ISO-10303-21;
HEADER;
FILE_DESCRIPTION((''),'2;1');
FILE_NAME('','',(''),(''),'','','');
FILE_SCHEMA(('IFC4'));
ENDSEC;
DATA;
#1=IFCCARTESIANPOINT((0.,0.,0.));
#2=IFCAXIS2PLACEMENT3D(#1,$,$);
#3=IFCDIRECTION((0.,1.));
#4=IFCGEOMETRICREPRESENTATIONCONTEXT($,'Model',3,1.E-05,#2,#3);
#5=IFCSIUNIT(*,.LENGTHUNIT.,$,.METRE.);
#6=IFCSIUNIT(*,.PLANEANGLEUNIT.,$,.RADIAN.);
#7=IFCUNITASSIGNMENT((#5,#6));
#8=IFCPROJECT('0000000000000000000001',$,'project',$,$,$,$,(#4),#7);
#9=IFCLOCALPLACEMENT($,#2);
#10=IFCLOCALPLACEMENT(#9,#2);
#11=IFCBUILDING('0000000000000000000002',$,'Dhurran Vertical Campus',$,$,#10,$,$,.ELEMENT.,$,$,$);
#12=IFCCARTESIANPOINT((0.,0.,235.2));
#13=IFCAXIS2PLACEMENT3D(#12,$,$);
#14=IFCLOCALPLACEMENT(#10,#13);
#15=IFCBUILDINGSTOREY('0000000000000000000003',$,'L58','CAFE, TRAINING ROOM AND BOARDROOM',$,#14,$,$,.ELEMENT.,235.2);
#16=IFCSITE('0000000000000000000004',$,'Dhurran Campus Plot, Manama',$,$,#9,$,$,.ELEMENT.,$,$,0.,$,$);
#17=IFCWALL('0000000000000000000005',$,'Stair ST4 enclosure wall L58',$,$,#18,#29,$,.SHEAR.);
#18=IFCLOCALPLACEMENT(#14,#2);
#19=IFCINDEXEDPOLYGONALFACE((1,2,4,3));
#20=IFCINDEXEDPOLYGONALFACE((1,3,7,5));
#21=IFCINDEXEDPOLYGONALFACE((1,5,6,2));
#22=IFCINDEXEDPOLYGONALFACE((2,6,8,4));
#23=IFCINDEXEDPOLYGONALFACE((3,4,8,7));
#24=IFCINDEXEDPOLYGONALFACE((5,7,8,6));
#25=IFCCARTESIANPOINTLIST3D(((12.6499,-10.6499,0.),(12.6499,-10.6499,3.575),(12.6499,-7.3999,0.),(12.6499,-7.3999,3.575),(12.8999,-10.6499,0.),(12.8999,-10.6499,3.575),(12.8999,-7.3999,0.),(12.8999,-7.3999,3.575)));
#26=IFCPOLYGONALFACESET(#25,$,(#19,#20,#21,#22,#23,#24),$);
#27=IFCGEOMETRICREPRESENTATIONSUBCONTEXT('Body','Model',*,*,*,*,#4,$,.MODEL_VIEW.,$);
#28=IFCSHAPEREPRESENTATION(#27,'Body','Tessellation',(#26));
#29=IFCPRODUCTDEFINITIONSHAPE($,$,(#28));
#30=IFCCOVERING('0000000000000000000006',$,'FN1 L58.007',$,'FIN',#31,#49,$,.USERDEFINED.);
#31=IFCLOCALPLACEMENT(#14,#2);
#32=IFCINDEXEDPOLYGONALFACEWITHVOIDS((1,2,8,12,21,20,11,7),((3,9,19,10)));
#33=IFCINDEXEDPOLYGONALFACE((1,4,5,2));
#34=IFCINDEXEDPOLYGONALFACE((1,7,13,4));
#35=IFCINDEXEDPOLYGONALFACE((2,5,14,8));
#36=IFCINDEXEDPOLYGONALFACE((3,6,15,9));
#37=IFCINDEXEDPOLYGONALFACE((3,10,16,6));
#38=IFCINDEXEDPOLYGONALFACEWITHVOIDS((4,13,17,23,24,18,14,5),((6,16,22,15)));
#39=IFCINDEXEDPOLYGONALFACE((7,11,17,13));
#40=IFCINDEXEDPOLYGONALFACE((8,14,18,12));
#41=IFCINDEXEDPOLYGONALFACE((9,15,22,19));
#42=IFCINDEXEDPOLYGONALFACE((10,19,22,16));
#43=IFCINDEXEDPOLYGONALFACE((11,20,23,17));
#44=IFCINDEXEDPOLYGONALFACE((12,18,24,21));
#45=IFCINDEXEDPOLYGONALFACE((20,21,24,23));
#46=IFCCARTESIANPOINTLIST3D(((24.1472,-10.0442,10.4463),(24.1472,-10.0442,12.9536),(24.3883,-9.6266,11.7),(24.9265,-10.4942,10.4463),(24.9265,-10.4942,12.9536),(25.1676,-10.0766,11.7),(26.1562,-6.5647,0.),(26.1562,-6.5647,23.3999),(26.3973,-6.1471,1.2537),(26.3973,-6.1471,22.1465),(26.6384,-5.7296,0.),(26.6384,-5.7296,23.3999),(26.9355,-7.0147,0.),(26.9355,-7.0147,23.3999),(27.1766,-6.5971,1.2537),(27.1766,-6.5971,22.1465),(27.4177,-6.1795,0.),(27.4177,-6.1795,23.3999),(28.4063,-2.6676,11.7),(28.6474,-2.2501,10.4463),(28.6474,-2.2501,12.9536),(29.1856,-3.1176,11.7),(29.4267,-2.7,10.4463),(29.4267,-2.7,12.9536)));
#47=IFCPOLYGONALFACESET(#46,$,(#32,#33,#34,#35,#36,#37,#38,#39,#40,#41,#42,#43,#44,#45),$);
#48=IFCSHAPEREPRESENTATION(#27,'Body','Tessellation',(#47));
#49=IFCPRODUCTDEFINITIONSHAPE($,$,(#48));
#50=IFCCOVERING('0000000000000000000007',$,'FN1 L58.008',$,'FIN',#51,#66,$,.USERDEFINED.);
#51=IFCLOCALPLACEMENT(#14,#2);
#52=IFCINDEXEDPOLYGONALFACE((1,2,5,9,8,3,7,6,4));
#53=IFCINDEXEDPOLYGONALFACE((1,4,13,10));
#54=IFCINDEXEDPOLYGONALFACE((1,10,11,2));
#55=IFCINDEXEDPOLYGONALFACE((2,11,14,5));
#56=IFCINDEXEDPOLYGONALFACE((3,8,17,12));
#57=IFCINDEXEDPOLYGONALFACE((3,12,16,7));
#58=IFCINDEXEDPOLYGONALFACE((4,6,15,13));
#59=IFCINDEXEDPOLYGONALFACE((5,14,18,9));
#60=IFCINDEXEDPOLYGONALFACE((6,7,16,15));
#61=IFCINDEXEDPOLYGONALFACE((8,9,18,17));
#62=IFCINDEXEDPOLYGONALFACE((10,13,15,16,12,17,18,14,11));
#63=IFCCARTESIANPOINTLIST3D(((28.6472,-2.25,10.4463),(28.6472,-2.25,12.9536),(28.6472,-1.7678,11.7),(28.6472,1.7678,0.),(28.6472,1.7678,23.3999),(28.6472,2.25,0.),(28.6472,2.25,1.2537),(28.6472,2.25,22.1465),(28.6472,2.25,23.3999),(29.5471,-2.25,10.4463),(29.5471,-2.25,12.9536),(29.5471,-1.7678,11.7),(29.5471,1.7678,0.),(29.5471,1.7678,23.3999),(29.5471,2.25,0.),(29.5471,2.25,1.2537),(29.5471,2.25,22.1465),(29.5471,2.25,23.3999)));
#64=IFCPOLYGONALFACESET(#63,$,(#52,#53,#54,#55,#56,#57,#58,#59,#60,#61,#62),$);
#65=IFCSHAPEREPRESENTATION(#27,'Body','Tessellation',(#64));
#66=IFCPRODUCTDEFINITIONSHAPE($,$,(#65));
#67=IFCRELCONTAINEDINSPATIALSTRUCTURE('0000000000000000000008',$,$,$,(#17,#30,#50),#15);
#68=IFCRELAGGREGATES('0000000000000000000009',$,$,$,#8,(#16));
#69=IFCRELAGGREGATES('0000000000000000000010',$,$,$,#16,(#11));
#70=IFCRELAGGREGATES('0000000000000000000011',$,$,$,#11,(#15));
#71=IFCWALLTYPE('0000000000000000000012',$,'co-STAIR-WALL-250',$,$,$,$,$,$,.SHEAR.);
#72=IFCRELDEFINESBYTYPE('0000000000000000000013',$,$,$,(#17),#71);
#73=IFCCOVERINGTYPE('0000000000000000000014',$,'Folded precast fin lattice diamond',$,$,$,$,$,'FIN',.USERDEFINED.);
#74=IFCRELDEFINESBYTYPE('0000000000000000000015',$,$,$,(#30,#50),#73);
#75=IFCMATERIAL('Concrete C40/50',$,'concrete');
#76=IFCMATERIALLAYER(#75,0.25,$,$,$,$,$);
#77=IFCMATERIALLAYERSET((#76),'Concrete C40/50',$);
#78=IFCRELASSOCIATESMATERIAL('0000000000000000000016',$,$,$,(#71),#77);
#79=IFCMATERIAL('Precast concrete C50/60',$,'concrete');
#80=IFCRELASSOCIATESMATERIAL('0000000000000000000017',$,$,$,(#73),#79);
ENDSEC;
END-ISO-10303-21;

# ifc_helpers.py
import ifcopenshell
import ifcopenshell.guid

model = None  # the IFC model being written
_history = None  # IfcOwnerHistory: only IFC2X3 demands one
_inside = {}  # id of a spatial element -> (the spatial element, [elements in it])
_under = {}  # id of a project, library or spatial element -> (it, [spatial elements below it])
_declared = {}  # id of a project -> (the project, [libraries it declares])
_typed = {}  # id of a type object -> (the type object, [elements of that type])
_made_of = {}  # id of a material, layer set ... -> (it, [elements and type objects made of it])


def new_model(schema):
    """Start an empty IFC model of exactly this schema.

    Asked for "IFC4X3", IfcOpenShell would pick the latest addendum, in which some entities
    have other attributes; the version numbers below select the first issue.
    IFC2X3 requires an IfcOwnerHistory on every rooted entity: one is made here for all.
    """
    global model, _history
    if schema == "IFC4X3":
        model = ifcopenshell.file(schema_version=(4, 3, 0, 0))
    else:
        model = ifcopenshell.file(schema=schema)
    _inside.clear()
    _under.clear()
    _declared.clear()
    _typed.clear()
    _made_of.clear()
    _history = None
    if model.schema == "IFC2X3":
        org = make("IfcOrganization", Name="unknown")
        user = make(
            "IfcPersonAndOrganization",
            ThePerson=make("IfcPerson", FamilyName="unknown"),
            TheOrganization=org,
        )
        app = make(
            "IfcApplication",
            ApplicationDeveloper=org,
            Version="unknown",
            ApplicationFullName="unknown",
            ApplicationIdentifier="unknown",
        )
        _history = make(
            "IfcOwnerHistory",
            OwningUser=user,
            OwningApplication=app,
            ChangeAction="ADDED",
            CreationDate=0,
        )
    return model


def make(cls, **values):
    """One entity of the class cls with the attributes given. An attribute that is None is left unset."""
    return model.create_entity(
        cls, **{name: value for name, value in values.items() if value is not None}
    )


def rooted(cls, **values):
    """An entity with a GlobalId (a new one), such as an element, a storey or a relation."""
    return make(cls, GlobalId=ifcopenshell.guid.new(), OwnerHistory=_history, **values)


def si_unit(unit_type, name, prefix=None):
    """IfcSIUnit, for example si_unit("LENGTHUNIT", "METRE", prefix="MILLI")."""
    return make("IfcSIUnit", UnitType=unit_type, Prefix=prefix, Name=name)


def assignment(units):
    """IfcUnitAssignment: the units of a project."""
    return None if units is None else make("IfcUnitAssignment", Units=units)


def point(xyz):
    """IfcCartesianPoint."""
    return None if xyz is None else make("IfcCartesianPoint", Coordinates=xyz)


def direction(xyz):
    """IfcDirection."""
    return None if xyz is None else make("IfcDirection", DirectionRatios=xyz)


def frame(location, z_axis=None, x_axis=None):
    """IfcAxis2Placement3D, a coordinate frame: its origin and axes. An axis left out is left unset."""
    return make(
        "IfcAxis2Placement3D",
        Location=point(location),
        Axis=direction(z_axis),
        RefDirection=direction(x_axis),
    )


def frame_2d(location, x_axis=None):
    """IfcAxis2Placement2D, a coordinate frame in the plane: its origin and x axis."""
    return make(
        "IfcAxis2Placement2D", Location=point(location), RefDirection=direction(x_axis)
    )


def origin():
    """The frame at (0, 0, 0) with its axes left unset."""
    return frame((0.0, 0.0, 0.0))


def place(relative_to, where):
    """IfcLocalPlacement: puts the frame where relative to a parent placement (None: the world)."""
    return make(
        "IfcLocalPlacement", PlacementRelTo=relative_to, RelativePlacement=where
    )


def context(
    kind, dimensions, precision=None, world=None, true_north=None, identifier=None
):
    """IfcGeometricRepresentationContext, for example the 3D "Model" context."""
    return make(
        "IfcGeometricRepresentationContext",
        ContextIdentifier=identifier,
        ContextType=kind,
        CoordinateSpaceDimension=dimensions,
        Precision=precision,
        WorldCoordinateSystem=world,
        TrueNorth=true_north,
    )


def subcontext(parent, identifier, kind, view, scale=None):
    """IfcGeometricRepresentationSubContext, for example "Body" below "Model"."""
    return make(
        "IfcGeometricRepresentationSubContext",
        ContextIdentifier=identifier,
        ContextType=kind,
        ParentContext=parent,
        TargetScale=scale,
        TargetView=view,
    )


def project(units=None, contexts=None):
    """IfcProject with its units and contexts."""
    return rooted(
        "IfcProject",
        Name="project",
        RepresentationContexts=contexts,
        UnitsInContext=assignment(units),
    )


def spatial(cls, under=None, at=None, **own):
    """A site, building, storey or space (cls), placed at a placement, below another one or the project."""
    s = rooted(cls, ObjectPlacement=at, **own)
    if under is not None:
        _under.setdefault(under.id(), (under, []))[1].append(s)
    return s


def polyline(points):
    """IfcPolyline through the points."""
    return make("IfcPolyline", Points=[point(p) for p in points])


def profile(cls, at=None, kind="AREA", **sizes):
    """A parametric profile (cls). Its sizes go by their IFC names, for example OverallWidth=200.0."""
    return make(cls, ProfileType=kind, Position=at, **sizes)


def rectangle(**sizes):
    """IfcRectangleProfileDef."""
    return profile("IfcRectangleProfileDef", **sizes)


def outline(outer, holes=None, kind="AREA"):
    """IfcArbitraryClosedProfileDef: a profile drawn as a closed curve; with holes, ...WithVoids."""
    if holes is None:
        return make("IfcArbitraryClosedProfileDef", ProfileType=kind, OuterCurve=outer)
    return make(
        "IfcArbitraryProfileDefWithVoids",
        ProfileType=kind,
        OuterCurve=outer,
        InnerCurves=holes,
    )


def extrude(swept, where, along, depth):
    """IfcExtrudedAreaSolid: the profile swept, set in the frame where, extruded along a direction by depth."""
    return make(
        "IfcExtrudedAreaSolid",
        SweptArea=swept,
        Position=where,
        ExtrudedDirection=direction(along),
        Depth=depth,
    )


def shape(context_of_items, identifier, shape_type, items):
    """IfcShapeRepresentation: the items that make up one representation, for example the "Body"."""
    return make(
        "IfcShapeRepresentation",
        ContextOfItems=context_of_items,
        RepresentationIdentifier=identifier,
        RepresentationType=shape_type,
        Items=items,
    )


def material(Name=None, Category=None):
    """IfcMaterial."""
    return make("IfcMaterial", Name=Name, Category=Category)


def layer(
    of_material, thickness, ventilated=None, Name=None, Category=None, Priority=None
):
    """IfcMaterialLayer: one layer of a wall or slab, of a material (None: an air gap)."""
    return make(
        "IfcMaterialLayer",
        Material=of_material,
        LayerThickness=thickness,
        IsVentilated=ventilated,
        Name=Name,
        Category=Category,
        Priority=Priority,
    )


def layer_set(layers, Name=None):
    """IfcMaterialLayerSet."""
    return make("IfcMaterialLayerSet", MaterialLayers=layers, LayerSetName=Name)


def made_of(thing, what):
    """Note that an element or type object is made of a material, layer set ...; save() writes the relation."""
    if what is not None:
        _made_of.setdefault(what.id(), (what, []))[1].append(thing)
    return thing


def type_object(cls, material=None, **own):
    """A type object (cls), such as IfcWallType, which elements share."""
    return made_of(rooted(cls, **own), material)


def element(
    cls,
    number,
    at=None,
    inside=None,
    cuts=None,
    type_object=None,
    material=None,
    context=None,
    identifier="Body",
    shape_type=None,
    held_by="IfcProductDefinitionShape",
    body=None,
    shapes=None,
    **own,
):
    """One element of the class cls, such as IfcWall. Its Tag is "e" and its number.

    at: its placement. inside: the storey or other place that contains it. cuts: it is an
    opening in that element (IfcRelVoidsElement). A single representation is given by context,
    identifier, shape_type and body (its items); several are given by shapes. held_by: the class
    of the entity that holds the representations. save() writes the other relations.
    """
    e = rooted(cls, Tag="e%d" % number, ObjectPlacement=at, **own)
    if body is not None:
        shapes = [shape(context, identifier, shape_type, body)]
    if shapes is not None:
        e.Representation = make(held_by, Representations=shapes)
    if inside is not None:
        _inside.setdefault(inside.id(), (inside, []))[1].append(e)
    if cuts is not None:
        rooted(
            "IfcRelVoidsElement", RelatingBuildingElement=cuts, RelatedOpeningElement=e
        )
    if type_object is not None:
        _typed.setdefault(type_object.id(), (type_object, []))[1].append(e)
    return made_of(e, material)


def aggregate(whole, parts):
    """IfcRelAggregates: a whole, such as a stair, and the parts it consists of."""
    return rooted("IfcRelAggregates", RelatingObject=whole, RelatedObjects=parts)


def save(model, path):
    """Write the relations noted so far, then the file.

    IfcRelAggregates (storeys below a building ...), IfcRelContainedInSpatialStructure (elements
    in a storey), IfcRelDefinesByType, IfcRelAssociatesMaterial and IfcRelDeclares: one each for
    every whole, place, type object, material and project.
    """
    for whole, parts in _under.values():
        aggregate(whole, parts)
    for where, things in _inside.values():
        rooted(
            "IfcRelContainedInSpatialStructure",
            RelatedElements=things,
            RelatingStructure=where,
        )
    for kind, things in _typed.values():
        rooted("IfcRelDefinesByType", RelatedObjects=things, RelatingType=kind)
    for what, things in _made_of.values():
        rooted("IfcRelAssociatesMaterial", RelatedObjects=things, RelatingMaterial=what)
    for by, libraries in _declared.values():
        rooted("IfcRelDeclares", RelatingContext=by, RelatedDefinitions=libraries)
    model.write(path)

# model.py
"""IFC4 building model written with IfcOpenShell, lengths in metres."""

from ifc_helpers import new_model, si_unit, direction, frame, frame_2d, origin, place, context, subcontext, project, spatial, polyline, rectangle, outline, extrude, material, layer, layer_set, type_object, element, save


model = new_model("IFC4")

# Units and contexts
model_context = context("Model", 3, precision=1e-05, world=origin(), true_north=direction((0.0, 1.0)))
body_context = subcontext(model_context, "Body", "Model", "MODEL_VIEW")
ifc_project = project(units=[si_unit("LENGTHUNIT", "METRE"), si_unit("PLANEANGLEUNIT", "RADIAN")], contexts=[model_context])

# Site, building, storey
site_placement = place(None, origin())
site = spatial("IfcSite", under=ifc_project, at=site_placement, Name="Dhurran Campus Plot, Manama", CompositionType="ELEMENT", RefElevation=0.0)
building_placement = place(site_placement, origin())
building = spatial("IfcBuilding", under=site, at=building_placement, Name="Dhurran Vertical Campus", CompositionType="ELEMENT")
storey_placement = place(building_placement, frame((0.0, 0.0, 235.2)))
storey = spatial("IfcBuildingStorey", under=building, at=storey_placement, Name="L58", Description="CAFE, TRAINING ROOM AND BOARDROOM", CompositionType="ELEMENT", Elevation=235.2)

# Wall
ifc_material_1 = material(Name="Concrete C40/50", Category="concrete")
ifc_layer_1 = layer(ifc_material_1, 0.25)
ifc_layer_set_1 = layer_set([ifc_layer_1], Name="Concrete C40/50")
wall_type_1 = type_object("IfcWallType", Name="co-STAIR-WALL-250", PredefinedType="SHEAR", material=ifc_layer_set_1)
wall_1_placement = place(storey_placement, frame((12.7749, -10.6499, 0.0), z_axis=(0.0, 0.0, 1.0), x_axis=(0.0, 1.0, 0.0)))
element("IfcWall", 1, at=wall_1_placement, inside=storey, type_object=wall_type_1, Name="Stair ST4 enclosure wall L58", PredefinedType="SHEAR", context=body_context, shape_type="SweptSolid", body=[
    extrude(rectangle(XDim=3.25, YDim=0.25, at=frame_2d((1.625, 0.0))), origin(), (0.0, 0.0, 1.0), 3.575),
])

# Coverings
ifc_material_2 = material(Name="Precast concrete C50/60", Category="concrete")
covering_type = type_object("IfcCoveringType", Name="Folded precast fin lattice diamond", ElementType="FIN", PredefinedType="USERDEFINED", material=ifc_material_2)
covering_1_placement = place(storey_placement, frame((24.1472, -10.0442, 0.0), z_axis=(0.866014, -0.50002, 0.0), x_axis=(0.50002, 0.866014, 0.0)))
element("IfcCovering", 2, at=covering_1_placement, inside=storey, type_object=covering_type, Name="FN1 L58.007", ObjectType="FIN", PredefinedType="USERDEFINED", context=body_context, shape_type="SweptSolid", body=[
    extrude(outline(polyline([(9.0, 12.9536), (9.0, 10.4463), (4.9822, 0.0), (4.0178, 0.0), (0.0, 10.4463), (0.0, 12.9536), (4.0178, 23.3999), (4.9822, 23.3999), (9.0, 12.9536)]), holes=[polyline([(8.5178, 11.7), (4.5, 22.1465), (0.4822, 11.7), (4.5, 1.2537), (8.5178, 11.7)])]), origin(), (0.0, 0.0, 1.0), 0.8999),
])
covering_2_placement = place(storey_placement, frame((28.6472, -2.25, 0.0), z_axis=(1.0, 0.0, 0.0), x_axis=(0.0, 1.0, 0.0)))
element("IfcCovering", 3, at=covering_2_placement, inside=storey, type_object=covering_type, Name="FN1 L58.008", ObjectType="FIN", PredefinedType="USERDEFINED", context=body_context, shape_type="SweptSolid", body=[
    extrude(outline(polyline([(4.0178, 0.0), (0.0, 10.4463), (0.0, 12.9536), (4.0178, 23.3999), (4.5, 23.3999), (4.5, 22.1465), (0.4822, 11.7), (4.5, 1.2537), (4.5, 0.0), (4.0178, 0.0)])), origin(), (0.0, 0.0, 1.0), 0.8999),
])

save(model, "model.ifc")
